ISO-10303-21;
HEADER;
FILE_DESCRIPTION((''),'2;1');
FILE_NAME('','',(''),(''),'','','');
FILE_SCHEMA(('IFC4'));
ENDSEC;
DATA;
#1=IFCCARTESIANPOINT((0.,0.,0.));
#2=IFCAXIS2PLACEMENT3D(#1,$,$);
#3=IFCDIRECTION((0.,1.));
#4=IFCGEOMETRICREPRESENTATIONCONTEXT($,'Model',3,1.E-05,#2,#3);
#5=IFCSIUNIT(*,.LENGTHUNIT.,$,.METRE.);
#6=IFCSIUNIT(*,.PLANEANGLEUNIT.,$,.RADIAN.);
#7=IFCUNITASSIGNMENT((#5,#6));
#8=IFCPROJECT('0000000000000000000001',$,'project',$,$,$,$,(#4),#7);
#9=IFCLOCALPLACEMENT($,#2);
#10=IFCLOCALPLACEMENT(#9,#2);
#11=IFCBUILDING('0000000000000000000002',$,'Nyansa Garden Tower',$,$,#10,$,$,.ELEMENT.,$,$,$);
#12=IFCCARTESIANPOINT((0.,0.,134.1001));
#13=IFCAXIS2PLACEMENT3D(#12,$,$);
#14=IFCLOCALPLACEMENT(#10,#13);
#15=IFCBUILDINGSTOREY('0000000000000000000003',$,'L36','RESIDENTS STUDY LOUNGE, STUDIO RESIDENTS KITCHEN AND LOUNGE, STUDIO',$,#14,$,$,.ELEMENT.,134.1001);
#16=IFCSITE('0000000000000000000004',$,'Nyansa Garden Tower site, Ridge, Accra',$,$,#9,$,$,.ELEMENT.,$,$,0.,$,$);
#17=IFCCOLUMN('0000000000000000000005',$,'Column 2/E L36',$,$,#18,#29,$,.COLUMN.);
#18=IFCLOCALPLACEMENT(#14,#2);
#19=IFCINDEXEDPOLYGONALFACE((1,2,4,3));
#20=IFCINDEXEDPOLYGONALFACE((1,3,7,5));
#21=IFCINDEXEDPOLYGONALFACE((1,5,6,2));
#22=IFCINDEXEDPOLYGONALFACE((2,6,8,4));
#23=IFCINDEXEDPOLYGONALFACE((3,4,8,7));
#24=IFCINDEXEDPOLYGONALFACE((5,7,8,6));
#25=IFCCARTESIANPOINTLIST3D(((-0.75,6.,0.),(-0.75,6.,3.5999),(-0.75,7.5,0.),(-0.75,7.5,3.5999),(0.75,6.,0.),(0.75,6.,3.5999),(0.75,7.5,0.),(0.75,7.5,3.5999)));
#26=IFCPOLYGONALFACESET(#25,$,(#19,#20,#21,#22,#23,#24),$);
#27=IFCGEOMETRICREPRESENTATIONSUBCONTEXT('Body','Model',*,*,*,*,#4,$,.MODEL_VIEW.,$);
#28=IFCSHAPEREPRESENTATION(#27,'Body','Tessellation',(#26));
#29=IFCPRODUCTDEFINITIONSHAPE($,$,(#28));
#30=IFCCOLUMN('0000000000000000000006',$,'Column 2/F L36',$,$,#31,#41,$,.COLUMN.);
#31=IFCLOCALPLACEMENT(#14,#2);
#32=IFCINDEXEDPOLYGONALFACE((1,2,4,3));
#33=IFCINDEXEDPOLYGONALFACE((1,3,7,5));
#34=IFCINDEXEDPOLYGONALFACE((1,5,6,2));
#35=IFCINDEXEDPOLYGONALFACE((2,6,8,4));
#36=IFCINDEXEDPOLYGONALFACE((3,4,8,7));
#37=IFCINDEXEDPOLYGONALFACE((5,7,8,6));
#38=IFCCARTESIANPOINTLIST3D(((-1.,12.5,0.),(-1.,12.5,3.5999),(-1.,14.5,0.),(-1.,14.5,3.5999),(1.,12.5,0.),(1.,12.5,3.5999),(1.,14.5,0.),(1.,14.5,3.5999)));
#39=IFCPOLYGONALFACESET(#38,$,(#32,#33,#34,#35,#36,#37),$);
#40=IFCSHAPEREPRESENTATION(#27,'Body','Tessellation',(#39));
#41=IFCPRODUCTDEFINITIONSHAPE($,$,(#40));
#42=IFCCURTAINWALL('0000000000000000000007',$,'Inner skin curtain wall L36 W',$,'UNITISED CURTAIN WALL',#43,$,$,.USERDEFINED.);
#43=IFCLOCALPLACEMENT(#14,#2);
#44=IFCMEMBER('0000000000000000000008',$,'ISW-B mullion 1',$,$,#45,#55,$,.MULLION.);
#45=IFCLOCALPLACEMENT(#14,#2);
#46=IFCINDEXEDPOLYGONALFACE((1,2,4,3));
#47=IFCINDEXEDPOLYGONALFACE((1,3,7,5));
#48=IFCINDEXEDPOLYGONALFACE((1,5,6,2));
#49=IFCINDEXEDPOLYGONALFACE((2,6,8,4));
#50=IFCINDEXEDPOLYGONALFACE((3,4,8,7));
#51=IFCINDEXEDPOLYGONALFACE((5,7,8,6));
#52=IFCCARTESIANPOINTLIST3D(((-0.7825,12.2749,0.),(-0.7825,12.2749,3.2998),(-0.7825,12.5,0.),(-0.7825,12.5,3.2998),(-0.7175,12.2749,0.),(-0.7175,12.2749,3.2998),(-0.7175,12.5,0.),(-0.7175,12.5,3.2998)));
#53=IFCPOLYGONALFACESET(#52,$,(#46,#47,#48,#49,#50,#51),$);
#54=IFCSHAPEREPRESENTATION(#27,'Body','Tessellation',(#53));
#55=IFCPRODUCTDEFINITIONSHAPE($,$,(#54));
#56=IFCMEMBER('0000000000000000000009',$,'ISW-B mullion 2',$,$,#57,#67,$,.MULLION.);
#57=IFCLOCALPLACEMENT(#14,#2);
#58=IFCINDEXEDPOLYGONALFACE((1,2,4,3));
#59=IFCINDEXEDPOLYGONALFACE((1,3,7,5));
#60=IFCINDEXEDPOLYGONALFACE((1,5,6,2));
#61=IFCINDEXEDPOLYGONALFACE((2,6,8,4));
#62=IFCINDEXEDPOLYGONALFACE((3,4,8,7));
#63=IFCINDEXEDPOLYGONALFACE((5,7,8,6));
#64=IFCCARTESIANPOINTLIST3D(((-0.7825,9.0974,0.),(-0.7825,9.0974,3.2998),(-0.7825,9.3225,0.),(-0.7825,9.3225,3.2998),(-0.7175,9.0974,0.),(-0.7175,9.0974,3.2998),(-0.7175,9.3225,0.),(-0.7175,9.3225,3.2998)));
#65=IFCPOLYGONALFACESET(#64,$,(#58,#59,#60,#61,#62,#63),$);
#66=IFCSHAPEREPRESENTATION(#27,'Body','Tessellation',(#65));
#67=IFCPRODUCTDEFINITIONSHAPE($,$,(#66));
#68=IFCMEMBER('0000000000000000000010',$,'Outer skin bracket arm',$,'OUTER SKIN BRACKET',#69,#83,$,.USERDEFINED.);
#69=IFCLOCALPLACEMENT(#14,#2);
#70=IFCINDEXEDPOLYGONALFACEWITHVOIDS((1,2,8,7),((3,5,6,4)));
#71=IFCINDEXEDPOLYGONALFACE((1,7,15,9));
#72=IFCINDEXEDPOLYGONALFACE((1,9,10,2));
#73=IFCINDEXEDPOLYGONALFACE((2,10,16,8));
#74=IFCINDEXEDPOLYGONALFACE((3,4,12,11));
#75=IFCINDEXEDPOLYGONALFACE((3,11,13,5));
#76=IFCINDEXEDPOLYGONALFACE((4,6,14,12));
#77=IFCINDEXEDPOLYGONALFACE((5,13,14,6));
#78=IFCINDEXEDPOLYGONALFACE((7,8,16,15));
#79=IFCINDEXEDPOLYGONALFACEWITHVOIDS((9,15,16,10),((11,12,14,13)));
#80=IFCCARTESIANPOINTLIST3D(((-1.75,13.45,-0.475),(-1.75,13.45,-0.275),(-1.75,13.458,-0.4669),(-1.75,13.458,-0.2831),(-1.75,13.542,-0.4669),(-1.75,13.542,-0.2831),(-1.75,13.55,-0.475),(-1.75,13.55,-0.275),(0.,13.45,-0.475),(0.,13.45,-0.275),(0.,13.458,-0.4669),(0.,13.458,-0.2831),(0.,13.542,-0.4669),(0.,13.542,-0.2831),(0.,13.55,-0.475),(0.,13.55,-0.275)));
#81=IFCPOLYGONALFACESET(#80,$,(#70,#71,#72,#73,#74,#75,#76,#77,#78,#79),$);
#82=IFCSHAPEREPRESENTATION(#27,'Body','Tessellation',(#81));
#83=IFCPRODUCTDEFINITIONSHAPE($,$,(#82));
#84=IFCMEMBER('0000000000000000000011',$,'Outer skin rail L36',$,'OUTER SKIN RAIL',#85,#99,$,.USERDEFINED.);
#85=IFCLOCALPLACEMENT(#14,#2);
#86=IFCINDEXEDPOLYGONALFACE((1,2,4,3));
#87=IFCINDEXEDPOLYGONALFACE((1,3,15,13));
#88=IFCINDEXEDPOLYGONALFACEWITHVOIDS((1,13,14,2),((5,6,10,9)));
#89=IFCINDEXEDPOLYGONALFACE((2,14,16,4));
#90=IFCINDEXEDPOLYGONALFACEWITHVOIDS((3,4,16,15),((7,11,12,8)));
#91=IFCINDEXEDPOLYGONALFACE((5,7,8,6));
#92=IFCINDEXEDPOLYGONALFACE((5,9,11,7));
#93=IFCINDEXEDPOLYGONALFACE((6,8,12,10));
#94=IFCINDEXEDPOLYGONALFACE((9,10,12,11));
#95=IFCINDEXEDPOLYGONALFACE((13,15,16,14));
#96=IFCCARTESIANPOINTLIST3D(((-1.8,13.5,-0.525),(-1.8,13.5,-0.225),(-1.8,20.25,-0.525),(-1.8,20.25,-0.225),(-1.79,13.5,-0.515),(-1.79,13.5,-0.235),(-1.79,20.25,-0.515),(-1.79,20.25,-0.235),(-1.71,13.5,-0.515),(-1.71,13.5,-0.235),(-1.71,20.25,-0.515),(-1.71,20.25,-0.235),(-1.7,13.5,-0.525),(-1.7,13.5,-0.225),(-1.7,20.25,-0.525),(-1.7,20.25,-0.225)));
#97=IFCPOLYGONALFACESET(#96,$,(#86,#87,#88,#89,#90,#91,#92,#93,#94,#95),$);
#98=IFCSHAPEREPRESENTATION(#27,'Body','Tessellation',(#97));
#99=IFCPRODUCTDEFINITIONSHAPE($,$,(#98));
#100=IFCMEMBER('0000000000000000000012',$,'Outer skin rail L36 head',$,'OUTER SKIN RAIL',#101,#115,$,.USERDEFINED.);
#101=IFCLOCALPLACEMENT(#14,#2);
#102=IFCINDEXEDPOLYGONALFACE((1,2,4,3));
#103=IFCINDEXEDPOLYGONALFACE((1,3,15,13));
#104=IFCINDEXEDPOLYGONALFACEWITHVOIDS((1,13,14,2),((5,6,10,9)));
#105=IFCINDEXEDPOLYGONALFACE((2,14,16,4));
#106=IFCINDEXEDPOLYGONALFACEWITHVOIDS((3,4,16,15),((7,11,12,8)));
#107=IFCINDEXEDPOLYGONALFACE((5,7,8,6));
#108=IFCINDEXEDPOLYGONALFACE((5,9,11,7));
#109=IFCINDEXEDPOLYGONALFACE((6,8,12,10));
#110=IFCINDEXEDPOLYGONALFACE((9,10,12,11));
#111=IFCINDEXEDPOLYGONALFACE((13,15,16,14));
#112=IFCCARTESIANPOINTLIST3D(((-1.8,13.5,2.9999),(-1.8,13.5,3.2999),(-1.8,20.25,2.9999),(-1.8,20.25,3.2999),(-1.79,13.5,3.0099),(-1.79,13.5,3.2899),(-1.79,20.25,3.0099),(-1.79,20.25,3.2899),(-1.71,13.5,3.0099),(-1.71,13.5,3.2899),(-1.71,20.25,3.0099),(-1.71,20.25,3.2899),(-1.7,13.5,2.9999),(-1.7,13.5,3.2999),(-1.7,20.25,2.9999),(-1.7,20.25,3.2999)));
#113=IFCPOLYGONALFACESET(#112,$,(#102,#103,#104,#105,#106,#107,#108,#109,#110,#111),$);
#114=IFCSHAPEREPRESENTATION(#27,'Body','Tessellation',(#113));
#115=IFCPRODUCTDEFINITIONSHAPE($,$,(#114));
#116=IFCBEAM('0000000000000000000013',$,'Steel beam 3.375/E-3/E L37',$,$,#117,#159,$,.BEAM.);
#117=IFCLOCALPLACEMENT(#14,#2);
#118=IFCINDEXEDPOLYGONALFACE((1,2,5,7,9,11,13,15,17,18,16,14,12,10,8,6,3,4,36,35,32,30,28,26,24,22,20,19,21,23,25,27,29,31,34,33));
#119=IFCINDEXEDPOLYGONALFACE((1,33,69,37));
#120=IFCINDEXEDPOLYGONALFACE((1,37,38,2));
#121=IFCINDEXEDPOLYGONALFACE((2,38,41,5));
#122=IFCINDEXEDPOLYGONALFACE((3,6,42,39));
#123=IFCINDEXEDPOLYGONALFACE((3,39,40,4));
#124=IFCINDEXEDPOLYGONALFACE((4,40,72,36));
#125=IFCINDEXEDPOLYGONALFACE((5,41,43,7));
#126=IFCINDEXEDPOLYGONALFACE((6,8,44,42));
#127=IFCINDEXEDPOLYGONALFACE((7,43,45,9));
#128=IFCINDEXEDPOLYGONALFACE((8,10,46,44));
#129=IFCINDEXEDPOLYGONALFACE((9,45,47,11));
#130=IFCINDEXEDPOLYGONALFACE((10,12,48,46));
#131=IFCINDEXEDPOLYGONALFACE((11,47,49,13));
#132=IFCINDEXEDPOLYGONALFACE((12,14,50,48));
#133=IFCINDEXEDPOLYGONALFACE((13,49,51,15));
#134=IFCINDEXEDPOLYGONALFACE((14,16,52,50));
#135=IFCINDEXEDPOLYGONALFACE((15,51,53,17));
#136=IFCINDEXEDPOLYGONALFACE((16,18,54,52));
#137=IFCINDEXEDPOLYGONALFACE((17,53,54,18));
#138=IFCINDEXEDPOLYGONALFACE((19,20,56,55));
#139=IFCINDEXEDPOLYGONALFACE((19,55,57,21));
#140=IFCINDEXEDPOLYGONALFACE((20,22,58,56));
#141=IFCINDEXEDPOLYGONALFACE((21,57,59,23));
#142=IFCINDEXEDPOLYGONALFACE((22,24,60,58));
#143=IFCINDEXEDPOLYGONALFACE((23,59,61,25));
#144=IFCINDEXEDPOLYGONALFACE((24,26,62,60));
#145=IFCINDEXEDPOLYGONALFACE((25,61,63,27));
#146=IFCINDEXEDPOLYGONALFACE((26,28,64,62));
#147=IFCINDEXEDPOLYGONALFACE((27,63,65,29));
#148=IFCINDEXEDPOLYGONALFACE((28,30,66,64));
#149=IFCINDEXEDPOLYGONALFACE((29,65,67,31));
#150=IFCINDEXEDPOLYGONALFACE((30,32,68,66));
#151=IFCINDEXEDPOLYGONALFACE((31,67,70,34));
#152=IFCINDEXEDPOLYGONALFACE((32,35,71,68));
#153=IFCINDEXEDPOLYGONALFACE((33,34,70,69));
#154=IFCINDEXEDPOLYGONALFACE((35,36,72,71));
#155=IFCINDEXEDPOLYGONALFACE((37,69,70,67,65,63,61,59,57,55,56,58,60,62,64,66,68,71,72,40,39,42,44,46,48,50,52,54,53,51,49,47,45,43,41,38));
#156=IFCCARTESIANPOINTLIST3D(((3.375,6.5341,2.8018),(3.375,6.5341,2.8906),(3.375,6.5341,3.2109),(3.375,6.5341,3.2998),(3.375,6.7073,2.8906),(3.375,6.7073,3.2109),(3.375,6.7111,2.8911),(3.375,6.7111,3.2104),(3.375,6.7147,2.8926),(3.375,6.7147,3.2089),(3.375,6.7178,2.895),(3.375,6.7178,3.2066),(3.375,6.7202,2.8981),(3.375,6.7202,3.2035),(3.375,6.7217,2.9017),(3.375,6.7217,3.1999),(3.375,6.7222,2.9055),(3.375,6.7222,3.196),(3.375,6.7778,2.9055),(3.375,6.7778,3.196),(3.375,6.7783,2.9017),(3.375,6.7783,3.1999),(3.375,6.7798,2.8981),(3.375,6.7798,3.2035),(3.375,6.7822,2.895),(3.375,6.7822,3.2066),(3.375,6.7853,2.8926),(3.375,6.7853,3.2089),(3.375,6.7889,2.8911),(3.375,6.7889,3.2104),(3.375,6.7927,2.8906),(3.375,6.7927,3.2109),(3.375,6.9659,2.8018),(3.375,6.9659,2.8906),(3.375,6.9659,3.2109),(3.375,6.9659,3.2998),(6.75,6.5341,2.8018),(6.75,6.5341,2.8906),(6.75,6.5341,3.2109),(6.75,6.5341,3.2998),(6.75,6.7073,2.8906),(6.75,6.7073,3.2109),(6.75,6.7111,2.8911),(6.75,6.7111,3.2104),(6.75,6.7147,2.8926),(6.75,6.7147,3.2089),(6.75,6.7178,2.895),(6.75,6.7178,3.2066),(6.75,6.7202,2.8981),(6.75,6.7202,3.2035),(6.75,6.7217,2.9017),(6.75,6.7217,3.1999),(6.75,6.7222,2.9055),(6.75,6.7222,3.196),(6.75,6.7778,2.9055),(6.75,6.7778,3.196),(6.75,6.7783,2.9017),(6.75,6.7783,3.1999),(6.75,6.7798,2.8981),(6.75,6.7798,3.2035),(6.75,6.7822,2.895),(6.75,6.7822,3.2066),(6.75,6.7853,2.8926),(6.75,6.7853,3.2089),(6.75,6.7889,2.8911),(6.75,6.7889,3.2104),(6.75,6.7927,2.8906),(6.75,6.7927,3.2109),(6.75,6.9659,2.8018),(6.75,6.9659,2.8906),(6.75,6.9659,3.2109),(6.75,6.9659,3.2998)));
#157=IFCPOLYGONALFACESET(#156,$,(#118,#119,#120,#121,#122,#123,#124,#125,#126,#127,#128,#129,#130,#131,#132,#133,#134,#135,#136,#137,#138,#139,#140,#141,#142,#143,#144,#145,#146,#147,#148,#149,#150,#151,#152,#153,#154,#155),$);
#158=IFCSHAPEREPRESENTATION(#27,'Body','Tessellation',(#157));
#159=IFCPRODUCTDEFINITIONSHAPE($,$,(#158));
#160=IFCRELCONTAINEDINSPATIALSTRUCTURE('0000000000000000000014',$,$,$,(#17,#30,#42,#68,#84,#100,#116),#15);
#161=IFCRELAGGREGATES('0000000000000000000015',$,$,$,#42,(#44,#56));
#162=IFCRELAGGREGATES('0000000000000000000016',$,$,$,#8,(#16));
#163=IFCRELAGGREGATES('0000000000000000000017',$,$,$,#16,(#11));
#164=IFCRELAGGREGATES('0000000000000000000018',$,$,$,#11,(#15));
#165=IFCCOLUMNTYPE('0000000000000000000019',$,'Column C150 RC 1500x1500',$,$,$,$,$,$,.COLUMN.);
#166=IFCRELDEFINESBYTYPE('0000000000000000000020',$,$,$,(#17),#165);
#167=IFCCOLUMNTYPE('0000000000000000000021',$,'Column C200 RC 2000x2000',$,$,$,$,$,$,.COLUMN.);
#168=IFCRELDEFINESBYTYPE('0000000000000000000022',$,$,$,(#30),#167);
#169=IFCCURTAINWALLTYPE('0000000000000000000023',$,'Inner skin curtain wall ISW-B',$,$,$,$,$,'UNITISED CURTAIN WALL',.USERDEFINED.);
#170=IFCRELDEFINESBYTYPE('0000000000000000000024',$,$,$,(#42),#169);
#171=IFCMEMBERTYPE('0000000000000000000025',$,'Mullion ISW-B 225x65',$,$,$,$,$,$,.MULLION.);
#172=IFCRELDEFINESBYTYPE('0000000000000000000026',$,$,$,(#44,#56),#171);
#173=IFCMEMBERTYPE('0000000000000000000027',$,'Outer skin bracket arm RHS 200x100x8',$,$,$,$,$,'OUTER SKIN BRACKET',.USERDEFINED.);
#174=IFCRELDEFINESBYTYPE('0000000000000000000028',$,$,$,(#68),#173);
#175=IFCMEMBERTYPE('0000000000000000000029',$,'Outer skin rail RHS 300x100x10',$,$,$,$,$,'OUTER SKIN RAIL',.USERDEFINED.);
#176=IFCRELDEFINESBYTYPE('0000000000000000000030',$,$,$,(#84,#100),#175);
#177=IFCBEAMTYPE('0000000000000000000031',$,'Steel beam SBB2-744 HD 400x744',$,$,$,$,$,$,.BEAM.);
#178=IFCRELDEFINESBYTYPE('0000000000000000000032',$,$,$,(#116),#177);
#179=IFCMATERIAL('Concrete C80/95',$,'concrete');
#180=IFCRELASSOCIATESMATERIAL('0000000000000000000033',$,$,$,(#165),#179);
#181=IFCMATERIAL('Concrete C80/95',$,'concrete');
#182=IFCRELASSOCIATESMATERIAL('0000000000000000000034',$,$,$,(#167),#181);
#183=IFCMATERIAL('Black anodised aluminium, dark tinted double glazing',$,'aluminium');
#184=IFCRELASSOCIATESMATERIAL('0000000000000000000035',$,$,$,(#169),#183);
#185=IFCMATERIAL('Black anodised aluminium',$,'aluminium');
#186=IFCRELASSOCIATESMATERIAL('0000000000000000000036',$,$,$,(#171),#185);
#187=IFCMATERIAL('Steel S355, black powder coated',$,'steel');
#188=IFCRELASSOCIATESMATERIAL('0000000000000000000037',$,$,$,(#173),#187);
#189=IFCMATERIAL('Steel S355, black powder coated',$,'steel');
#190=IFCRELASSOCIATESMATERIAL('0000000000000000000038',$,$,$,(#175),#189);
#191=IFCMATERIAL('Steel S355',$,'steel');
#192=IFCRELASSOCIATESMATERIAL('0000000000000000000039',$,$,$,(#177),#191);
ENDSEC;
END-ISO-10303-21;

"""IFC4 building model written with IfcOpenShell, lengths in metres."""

from ifc_helpers import new_model, si_unit, direction, frame, origin, origin_2d, place, context, subcontext, project, spatial, rectangle, hollow_rectangle, i_section, extrude, material, material_profile, profile_set, type_object, element, aggregate, save


model = new_model("IFC4")

# Units and contexts
model_context = context("Model", 3, precision=1e-05, world=origin(), true_north=direction((0.0, 1.0)))
body_context = subcontext(model_context, "Body", "Model", "MODEL_VIEW")
ifc_project = project(units=[si_unit("LENGTHUNIT", "METRE"), si_unit("PLANEANGLEUNIT", "RADIAN")], contexts=[model_context])

# Site, building, storey
site_placement = place(None, origin())
site = spatial("IfcSite", under=ifc_project, at=site_placement, Name="Nyansa Garden Tower site, Ridge, Accra", CompositionType="ELEMENT", RefElevation=0.0)
building_placement = place(site_placement, origin())
building = spatial("IfcBuilding", under=site, at=building_placement, Name="Nyansa Garden Tower", CompositionType="ELEMENT")
storey_placement = place(building_placement, frame((0.0, 0.0, 134.1001)))
storey = spatial("IfcBuildingStorey", under=building, at=storey_placement, Name="L36", Description="RESIDENTS STUDY LOUNGE, STUDIO RESIDENTS KITCHEN AND LOUNGE, STUDIO", CompositionType="ELEMENT", Elevation=134.1001)

# Columns
ifc_material_1 = material(Name="Concrete C80/95", Category="concrete")
ifc_material_profile_1 = material_profile(ifc_material_1, rectangle(XDim=1.5, YDim=1.5, at=origin_2d()), Name="RC 1500x1500")
ifc_profile_set_1 = profile_set([ifc_material_profile_1], Name="Concrete C80/95")
column_type_1 = type_object("IfcColumnType", Name="Column C150 RC 1500x1500", PredefinedType="COLUMN", material=ifc_profile_set_1)
column_1_placement = place(storey_placement, frame((0.0, 6.75, 0.0), z_axis=(0.0, 0.0, 1.0), x_axis=(1.0, 0.0, 0.0)))
element("IfcColumn", 1, at=column_1_placement, inside=storey, type_object=column_type_1, Name="Column 2/E L36", PredefinedType="COLUMN", context=body_context, shape_type="SweptSolid", body=[
    extrude(rectangle(XDim=1.5, YDim=1.5, at=origin_2d()), origin(), (0.0, 0.0, 1.0), 3.5999),
])
ifc_material_2 = material(Name="Concrete C80/95", Category="concrete")
ifc_material_profile_2 = material_profile(ifc_material_2, rectangle(XDim=2.0, YDim=2.0, at=origin_2d()), Name="RC 2000x2000")
ifc_profile_set_2 = profile_set([ifc_material_profile_2], Name="Concrete C80/95")
column_type_2 = type_object("IfcColumnType", Name="Column C200 RC 2000x2000", PredefinedType="COLUMN", material=ifc_profile_set_2)
column_2_placement = place(storey_placement, frame((0.0, 13.5, 0.0), z_axis=(0.0, 0.0, 1.0), x_axis=(1.0, 0.0, 0.0)))
element("IfcColumn", 2, at=column_2_placement, inside=storey, type_object=column_type_2, Name="Column 2/F L36", PredefinedType="COLUMN", context=body_context, shape_type="SweptSolid", body=[
    extrude(rectangle(XDim=2.0, YDim=2.0, at=origin_2d()), origin(), (0.0, 0.0, 1.0), 3.5999),
])

# Curtain wall, members
ifc_material_3 = material(Name="Black anodised aluminium, dark tinted double glazing", Category="aluminium")
curtain_wall_type = type_object("IfcCurtainWallType", Name="Inner skin curtain wall ISW-B", ElementType="UNITISED CURTAIN WALL", PredefinedType="USERDEFINED", material=ifc_material_3)
curtain_wall_placement = place(storey_placement, origin())
curtain_wall = element("IfcCurtainWall", 3, at=curtain_wall_placement, inside=storey, type_object=curtain_wall_type, Name="Inner skin curtain wall L36 W", ObjectType="UNITISED CURTAIN WALL", PredefinedType="USERDEFINED")
ifc_material_4 = material(Name="Black anodised aluminium", Category="aluminium")
ifc_material_profile_3 = material_profile(ifc_material_4, rectangle(XDim=0.0649, YDim=0.2251, at=origin_2d()), Name="Mullion 225x65")
ifc_profile_set_3 = profile_set([ifc_material_profile_3], Name="Black anodised aluminium")
member_type_1 = type_object("IfcMemberType", Name="Mullion ISW-B 225x65", PredefinedType="MULLION", material=ifc_profile_set_3)
member_1_placement = place(storey_placement, frame((-0.75, 12.3875, 0.0), z_axis=(0.0, 0.0, 1.0), x_axis=(1.0, 0.0, 0.0)))
member_1 = element("IfcMember", 4, at=member_1_placement, type_object=member_type_1, Name="ISW-B mullion 1", PredefinedType="MULLION", context=body_context, shape_type="SweptSolid", body=[
    extrude(rectangle(XDim=0.0649, YDim=0.2251, at=origin_2d()), origin(), (0.0, 0.0, 1.0), 3.2998),
])
member_2_placement = place(storey_placement, frame((-0.75, 9.21, 0.0), z_axis=(0.0, 0.0, 1.0), x_axis=(1.0, 0.0, 0.0)))
member_2 = element("IfcMember", 5, at=member_2_placement, type_object=member_type_1, Name="ISW-B mullion 2", PredefinedType="MULLION", context=body_context, shape_type="SweptSolid", body=[
    extrude(rectangle(XDim=0.0649, YDim=0.2251, at=origin_2d()), origin(), (0.0, 0.0, 1.0), 3.2998),
])

# Members
ifc_material_5 = material(Name="Steel S355, black powder coated", Category="steel")
ifc_material_profile_4 = material_profile(ifc_material_5, hollow_rectangle(XDim=0.1001, YDim=0.2, WallThickness=0.0081, at=origin_2d()), Name="RHS 200x100x8")
ifc_profile_set_4 = profile_set([ifc_material_profile_4], Name="Steel S355, black powder coated")
member_type_2 = type_object("IfcMemberType", Name="Outer skin bracket arm RHS 200x100x8", ElementType="OUTER SKIN BRACKET", PredefinedType="USERDEFINED", material=ifc_profile_set_4)
member_3_placement = place(storey_placement, frame((0.0, 13.5, -0.375), z_axis=(-1.0, 0.0, 0.0), x_axis=(0.0, -1.0, 0.0)))
element("IfcMember", 6, at=member_3_placement, inside=storey, type_object=member_type_2, Name="Outer skin bracket arm", ObjectType="OUTER SKIN BRACKET", PredefinedType="USERDEFINED", context=body_context, shape_type="SweptSolid", body=[
    extrude(hollow_rectangle(XDim=0.1001, YDim=0.2, WallThickness=0.0081, at=origin_2d()), origin(), (0.0, 0.0, 1.0), 1.75),
])
ifc_material_6 = material(Name="Steel S355, black powder coated", Category="steel")
ifc_material_profile_5 = material_profile(ifc_material_6, hollow_rectangle(XDim=0.1001, YDim=0.3, WallThickness=0.01, at=origin_2d()), Name="RHS 300x100x10")
ifc_profile_set_5 = profile_set([ifc_material_profile_5], Name="Steel S355, black powder coated")
member_type_3 = type_object("IfcMemberType", Name="Outer skin rail RHS 300x100x10", ElementType="OUTER SKIN RAIL", PredefinedType="USERDEFINED", material=ifc_profile_set_5)
for number, where, z_axis, x_axis, name in (
    (7, (-1.75, 13.5, -0.375), (0.0, 1.0, 0.0), (-1.0, 0.0, 0.0), "Outer skin rail L36"),
    (8, (-1.75, 13.5, 3.1499), (0.0, 1.0, 0.0), (-1.0, 0.0, 0.0), "Outer skin rail L36 head"),
):
    element("IfcMember", number, at=place(storey_placement, frame(where, z_axis=z_axis, x_axis=x_axis)), inside=storey, type_object=member_type_3, Name=name, ObjectType="OUTER SKIN RAIL", PredefinedType="USERDEFINED", context=body_context, shape_type="SweptSolid", body=[
        extrude(hollow_rectangle(XDim=0.1001, YDim=0.3, WallThickness=0.01, at=origin_2d()), origin(), (0.0, 0.0, 1.0), 6.75),
    ])

# Beam
ifc_material_7 = material(Name="Steel S355", Category="steel")
ifc_material_profile_6 = material_profile(ifc_material_7, i_section(OverallWidth=0.4319, OverallDepth=0.498, WebThickness=0.0557, FlangeThickness=0.0889, FilletRadius=0.0149, at=origin_2d()), Name="HD 400x744")
ifc_profile_set_6 = profile_set([ifc_material_profile_6], Name="Steel S355")
beam_type_1 = type_object("IfcBeamType", Name="Steel beam SBB2-744 HD 400x744", PredefinedType="BEAM", material=ifc_profile_set_6)
beam_1_placement = place(storey_placement, frame((3.375, 6.75, 3.0508), z_axis=(1.0, 0.0, 0.0), x_axis=(0.0, 1.0, 0.0)))
element("IfcBeam", 9, at=beam_1_placement, inside=storey, type_object=beam_type_1, Name="Steel beam 3.375/E-3/E L37", PredefinedType="BEAM", context=body_context, shape_type="SweptSolid", body=[
    extrude(i_section(OverallWidth=0.4319, OverallDepth=0.498, WebThickness=0.0557, FlangeThickness=0.0889, FilletRadius=0.0149, at=origin_2d()), origin(), (0.0, 0.0, 1.0), 3.375),
])

aggregate(curtain_wall, [member_1, member_2])

save(model, "model.ifc")
